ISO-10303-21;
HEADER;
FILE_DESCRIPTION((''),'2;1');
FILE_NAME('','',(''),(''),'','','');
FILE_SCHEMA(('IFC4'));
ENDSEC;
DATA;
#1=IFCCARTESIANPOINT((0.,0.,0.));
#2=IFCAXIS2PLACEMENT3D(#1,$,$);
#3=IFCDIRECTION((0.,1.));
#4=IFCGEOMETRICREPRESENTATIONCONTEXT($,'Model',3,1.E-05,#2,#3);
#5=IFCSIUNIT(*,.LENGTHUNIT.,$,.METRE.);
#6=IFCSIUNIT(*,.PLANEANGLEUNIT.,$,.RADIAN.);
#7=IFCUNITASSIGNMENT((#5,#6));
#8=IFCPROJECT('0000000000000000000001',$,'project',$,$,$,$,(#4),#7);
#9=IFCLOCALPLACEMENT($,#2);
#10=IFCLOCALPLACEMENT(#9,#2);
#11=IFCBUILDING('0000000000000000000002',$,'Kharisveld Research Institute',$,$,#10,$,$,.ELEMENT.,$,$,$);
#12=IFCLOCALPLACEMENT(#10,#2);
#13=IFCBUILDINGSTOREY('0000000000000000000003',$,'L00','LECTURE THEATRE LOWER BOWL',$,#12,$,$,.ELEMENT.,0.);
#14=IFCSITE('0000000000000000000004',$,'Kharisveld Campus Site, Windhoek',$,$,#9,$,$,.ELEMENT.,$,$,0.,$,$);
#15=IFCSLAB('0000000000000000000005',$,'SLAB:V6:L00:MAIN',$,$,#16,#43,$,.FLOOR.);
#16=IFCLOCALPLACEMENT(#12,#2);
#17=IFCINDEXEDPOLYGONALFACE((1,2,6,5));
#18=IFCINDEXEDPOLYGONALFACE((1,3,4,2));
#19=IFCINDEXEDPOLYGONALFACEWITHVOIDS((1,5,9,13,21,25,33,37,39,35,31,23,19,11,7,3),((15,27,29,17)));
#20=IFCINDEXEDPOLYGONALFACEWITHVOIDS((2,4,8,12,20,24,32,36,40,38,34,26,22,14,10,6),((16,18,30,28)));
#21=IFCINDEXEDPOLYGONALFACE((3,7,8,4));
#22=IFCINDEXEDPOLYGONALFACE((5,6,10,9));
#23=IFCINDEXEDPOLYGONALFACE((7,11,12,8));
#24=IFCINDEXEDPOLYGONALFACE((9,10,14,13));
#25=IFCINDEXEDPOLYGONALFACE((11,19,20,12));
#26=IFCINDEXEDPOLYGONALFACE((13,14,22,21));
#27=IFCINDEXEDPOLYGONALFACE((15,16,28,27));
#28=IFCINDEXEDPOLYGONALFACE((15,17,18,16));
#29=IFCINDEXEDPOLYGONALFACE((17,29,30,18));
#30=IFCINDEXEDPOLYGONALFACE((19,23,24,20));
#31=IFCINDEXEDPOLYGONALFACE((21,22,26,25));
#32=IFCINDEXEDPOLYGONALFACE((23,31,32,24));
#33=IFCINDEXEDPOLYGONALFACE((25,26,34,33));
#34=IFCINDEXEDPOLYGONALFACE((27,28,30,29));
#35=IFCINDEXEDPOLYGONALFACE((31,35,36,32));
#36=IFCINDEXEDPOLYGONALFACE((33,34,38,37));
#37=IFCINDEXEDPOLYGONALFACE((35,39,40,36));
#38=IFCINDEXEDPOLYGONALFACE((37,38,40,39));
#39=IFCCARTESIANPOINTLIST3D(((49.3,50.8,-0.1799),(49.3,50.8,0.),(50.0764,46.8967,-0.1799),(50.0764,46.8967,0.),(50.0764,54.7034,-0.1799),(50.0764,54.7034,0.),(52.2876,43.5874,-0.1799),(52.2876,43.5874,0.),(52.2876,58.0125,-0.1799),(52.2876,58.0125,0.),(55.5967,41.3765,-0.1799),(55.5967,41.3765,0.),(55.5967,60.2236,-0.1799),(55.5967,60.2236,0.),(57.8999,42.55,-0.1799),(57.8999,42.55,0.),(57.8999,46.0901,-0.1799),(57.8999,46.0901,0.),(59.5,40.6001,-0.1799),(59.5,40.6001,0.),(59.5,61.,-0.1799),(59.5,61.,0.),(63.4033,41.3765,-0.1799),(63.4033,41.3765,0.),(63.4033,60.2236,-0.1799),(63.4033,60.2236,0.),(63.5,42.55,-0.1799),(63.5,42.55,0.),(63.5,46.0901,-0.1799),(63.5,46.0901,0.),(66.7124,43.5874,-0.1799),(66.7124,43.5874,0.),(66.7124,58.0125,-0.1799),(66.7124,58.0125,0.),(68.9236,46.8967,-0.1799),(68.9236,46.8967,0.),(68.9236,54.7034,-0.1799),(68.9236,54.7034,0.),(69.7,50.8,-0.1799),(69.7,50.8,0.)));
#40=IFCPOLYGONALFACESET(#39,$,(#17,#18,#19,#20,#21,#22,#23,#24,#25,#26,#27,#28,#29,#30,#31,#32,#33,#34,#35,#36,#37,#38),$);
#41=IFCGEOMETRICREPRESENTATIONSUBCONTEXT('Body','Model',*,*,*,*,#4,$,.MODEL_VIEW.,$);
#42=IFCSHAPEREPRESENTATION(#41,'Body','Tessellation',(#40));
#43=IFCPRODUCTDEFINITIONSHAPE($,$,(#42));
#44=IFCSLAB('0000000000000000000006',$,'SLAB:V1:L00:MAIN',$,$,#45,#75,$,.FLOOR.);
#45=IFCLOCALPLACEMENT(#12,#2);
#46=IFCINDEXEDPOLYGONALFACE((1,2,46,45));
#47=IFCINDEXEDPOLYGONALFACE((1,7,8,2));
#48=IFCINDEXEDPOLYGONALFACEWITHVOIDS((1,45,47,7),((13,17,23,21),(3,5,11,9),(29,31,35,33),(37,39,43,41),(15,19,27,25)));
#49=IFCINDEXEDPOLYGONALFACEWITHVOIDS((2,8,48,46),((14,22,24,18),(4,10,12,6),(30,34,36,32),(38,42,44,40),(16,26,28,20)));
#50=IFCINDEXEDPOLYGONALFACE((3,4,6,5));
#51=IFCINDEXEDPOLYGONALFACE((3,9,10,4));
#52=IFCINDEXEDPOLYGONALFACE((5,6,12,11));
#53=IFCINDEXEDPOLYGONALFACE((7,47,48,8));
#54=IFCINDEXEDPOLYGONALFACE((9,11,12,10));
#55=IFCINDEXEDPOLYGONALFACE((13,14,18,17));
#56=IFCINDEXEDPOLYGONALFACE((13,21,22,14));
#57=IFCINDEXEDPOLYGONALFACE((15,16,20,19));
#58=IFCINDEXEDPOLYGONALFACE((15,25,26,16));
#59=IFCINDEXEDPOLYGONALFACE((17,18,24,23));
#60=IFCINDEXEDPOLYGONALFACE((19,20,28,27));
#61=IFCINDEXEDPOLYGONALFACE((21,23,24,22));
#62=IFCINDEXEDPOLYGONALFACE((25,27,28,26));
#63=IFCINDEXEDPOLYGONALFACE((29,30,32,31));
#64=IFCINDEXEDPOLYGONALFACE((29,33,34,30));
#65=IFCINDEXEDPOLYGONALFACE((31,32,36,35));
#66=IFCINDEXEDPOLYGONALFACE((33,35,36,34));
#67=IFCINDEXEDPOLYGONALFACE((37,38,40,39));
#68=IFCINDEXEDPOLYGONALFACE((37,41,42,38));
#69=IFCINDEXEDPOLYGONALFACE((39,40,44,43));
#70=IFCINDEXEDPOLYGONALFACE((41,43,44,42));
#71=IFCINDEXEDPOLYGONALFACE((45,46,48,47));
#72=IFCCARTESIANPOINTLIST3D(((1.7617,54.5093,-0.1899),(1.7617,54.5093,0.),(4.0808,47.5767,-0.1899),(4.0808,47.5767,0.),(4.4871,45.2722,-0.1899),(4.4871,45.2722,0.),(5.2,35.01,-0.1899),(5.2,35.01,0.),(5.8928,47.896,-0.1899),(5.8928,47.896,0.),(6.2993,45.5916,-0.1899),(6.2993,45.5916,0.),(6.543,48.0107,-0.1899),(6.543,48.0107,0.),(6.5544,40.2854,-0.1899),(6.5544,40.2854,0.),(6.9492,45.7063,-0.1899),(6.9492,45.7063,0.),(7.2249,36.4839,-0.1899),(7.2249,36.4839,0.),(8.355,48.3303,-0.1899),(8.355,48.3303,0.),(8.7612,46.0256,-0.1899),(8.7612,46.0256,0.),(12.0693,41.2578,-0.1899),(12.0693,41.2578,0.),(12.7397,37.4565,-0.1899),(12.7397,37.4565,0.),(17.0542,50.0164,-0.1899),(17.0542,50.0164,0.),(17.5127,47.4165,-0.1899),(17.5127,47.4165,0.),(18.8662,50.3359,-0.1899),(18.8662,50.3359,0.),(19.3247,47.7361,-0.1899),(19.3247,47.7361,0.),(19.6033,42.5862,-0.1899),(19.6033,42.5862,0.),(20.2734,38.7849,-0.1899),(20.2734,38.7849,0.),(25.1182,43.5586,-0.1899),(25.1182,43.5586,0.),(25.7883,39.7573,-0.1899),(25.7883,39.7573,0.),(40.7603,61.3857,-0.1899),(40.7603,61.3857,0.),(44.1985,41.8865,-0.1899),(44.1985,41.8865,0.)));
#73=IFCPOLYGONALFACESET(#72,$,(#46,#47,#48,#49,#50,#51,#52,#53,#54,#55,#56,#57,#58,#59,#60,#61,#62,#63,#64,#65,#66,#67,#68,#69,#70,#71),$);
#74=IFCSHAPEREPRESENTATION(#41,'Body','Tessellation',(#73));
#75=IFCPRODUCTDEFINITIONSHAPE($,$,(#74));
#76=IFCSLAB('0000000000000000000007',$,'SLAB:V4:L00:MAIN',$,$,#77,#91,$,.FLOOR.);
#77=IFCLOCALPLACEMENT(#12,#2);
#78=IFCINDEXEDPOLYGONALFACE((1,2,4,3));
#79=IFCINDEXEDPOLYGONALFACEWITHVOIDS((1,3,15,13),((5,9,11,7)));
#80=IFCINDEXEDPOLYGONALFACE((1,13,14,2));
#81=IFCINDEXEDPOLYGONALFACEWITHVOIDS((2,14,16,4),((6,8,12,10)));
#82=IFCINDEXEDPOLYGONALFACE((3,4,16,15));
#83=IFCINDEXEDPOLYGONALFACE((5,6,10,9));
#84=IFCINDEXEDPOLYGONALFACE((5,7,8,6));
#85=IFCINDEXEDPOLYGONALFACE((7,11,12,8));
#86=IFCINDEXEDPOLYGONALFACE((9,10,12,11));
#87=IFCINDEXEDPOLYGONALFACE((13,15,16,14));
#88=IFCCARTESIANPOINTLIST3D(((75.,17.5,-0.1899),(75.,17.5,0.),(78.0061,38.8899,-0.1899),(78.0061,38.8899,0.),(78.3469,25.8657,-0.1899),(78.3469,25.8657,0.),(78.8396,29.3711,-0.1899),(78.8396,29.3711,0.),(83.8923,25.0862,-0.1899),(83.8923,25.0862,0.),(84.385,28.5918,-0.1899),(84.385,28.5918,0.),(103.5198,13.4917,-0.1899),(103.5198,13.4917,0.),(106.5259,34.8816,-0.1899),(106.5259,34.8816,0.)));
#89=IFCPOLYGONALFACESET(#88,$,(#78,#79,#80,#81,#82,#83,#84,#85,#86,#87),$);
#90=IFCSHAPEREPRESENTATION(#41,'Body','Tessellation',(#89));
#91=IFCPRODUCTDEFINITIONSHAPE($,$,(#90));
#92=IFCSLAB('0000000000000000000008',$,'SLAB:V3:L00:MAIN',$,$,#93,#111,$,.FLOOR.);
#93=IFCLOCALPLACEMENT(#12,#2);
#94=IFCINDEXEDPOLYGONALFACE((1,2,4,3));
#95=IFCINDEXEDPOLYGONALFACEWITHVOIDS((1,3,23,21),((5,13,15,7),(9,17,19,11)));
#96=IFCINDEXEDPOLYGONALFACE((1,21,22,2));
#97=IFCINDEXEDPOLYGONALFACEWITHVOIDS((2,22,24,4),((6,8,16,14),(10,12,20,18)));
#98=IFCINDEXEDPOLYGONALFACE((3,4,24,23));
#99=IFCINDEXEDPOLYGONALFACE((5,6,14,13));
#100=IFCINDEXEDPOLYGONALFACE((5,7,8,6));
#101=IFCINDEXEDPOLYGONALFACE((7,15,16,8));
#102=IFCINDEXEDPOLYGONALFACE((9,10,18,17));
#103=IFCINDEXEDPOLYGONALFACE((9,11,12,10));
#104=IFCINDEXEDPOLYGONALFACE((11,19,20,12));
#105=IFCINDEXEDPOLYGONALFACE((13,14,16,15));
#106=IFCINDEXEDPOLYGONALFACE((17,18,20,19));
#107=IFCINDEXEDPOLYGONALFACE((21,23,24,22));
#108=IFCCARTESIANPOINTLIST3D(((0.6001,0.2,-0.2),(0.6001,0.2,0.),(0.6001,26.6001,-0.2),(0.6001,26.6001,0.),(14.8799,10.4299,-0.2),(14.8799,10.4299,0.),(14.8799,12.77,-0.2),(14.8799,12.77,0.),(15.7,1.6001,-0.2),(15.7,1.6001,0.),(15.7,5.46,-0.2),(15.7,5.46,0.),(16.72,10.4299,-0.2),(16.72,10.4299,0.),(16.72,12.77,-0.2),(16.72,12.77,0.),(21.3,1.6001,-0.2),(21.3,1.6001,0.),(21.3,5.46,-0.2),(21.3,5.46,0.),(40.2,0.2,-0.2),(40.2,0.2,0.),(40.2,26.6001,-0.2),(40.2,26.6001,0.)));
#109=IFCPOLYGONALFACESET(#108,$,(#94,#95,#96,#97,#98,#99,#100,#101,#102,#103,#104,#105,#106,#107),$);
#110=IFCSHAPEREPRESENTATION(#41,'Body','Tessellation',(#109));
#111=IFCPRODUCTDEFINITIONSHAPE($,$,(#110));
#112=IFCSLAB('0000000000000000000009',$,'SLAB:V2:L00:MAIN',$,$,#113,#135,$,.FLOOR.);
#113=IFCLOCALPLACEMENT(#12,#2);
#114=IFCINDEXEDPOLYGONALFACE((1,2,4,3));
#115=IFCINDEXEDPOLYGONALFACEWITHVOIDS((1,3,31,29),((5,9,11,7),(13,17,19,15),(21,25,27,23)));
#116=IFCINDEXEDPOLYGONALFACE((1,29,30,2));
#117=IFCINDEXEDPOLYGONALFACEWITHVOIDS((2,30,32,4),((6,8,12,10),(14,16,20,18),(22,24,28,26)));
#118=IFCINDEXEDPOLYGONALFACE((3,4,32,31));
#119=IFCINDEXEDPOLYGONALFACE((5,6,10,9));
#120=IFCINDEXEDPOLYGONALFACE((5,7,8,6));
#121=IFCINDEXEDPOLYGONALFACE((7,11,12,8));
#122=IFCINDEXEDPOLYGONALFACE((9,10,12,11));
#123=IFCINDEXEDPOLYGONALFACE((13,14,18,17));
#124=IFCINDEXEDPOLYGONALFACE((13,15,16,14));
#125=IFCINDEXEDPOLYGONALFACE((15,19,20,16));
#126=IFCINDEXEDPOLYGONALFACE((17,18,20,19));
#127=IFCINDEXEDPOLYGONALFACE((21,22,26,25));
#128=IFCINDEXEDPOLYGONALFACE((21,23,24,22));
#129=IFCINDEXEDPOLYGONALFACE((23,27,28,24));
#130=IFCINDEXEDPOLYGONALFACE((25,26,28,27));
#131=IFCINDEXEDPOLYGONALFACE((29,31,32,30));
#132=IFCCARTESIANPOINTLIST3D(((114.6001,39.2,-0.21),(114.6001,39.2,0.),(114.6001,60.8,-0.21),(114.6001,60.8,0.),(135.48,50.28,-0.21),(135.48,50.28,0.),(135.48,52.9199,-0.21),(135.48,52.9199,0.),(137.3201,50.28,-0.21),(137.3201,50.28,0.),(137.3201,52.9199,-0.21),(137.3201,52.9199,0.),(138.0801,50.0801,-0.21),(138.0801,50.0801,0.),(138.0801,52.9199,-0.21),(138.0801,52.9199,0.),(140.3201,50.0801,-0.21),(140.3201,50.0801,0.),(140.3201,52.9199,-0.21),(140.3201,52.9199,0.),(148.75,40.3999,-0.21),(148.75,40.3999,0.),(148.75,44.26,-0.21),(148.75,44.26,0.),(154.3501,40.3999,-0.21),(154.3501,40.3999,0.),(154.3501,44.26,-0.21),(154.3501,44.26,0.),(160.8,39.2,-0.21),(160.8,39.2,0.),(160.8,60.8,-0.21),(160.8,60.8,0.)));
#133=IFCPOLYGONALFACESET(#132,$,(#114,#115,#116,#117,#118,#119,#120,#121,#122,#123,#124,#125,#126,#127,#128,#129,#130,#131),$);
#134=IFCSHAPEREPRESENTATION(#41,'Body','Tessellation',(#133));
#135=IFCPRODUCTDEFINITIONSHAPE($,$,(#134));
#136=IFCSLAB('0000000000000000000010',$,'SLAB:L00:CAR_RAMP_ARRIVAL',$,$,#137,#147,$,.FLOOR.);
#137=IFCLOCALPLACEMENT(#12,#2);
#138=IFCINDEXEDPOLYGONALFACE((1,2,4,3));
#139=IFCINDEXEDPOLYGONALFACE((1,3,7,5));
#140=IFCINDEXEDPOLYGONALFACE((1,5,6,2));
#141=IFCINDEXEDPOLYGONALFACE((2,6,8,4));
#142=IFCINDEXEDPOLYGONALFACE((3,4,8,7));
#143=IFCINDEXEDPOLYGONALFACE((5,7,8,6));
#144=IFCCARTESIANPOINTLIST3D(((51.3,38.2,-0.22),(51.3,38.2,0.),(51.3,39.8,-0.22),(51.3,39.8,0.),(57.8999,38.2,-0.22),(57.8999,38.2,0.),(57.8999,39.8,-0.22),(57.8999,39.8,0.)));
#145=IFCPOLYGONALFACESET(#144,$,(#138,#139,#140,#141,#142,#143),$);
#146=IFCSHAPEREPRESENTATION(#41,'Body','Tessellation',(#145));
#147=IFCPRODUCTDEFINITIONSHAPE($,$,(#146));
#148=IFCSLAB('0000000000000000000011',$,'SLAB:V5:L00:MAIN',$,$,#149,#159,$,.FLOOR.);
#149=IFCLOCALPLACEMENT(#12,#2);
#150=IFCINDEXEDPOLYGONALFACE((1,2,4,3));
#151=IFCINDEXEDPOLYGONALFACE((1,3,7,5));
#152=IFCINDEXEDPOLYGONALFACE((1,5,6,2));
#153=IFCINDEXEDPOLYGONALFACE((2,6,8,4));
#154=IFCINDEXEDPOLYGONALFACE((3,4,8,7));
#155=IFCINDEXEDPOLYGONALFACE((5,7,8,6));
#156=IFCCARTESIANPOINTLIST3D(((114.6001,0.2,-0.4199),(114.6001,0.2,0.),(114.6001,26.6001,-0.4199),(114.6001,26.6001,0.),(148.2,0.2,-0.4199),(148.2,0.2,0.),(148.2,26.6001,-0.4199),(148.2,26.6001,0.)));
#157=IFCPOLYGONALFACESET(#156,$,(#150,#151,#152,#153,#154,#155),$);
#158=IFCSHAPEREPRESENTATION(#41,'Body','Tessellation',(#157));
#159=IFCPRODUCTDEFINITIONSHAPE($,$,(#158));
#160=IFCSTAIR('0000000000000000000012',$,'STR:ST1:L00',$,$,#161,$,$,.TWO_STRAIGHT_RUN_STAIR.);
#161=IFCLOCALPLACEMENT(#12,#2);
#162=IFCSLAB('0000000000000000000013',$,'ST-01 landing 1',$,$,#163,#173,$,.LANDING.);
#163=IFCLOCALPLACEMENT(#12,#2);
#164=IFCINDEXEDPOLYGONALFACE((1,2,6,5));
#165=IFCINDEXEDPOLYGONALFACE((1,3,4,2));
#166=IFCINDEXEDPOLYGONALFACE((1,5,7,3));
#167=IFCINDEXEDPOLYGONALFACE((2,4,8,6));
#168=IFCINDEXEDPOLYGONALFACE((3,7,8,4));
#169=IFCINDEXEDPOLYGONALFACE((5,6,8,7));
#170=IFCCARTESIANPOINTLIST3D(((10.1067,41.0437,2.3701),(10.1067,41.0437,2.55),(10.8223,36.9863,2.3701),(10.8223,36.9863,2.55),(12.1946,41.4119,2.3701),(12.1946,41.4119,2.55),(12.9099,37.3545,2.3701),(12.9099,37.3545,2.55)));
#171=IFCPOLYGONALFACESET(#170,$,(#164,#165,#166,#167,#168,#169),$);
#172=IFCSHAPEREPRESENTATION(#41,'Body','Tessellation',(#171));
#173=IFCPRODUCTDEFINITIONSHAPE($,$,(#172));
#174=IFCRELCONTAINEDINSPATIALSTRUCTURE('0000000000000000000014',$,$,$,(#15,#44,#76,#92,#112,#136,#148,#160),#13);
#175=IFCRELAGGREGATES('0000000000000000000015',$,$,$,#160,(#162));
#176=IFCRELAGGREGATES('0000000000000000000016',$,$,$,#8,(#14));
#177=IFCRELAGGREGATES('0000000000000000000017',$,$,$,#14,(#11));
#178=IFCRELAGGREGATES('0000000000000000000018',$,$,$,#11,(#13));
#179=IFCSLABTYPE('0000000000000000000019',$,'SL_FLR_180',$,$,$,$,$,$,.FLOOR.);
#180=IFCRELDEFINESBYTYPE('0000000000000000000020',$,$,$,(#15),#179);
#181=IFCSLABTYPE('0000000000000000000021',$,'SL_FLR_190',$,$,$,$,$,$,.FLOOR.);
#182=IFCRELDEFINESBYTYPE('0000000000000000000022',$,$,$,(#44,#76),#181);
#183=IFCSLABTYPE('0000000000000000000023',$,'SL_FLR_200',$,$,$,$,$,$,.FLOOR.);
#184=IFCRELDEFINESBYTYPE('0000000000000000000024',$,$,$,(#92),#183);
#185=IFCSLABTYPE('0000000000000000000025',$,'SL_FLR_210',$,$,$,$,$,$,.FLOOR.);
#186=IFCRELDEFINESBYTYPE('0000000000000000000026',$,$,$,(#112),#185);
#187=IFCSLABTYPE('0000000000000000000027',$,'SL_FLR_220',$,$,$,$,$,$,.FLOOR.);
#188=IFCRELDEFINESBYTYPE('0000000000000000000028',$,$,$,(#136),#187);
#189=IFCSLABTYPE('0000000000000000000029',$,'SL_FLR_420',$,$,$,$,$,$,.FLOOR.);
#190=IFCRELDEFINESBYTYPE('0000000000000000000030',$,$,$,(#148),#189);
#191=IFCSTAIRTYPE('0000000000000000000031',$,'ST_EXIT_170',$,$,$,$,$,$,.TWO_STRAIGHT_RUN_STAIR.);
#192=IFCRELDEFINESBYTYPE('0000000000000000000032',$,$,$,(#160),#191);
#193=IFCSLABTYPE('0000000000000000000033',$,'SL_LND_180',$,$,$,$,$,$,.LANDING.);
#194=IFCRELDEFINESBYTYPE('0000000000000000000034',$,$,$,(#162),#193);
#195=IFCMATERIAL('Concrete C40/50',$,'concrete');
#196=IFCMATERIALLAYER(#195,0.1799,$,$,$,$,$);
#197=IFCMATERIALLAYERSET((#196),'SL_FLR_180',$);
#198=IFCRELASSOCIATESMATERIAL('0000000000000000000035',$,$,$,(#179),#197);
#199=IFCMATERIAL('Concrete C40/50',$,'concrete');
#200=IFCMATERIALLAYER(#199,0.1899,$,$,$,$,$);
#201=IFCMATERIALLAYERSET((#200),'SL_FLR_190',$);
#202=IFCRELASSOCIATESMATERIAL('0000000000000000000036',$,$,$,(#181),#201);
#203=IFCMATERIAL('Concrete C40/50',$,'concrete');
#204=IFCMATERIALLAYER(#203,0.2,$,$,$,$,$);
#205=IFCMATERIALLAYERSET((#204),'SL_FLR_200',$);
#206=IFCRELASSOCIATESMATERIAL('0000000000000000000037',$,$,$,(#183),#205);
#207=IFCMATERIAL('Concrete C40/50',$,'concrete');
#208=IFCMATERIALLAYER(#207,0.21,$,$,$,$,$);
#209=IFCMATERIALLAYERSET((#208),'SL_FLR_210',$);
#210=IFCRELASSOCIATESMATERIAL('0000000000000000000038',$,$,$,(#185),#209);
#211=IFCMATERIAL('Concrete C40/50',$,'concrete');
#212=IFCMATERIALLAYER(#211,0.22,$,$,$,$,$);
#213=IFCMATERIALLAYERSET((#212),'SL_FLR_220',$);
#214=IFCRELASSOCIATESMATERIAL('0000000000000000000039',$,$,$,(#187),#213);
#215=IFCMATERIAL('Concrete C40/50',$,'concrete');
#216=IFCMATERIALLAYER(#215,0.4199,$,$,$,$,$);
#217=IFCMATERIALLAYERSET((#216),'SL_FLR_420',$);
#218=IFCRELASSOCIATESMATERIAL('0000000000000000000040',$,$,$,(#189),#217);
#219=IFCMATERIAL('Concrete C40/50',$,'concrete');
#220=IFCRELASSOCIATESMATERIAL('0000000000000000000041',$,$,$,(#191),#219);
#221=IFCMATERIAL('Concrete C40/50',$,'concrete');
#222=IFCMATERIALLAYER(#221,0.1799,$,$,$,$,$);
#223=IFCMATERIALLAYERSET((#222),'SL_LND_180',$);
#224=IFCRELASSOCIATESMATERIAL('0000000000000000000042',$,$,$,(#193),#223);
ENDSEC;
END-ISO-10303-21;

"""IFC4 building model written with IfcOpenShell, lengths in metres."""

from ifc_helpers import new_model, si_unit, direction, frame, origin, place, context, subcontext, project, spatial, polyline, outline, extrude, material, layer, layer_set, type_object, element, aggregate, save


model = new_model("IFC4")

# Units and contexts
model_context = context("Model", 3, precision=1e-05, world=origin(), true_north=direction((0.0, 1.0)))
body_context = subcontext(model_context, "Body", "Model", "MODEL_VIEW")
ifc_project = project(units=[si_unit("LENGTHUNIT", "METRE"), si_unit("PLANEANGLEUNIT", "RADIAN")], contexts=[model_context])

# Site, building, storey
site_placement = place(None, origin())
site = spatial("IfcSite", under=ifc_project, at=site_placement, Name="Kharisveld Campus Site, Windhoek", CompositionType="ELEMENT", RefElevation=0.0)
building_placement = place(site_placement, origin())
building = spatial("IfcBuilding", under=site, at=building_placement, Name="Kharisveld Research Institute", CompositionType="ELEMENT")
storey_placement = place(building_placement, origin())
storey = spatial("IfcBuildingStorey", under=building, at=storey_placement, Name="L00", Description="LECTURE THEATRE LOWER BOWL", CompositionType="ELEMENT", Elevation=0.0)

# Slabs
ifc_material_1 = material(Name="Concrete C40/50", Category="concrete")
ifc_layer_1 = layer(ifc_material_1, 0.1799)
ifc_layer_set_1 = layer_set([ifc_layer_1], Name="SL_FLR_180")
slab_type_1 = type_object("IfcSlabType", Name="SL_FLR_180", PredefinedType="FLOOR", material=ifc_layer_set_1)
slab_1_placement = place(storey_placement, frame((0.0, 0.0, -0.1799)))
element("IfcSlab", 1, at=slab_1_placement, inside=storey, type_object=slab_type_1, Name="SLAB:V6:L00:MAIN", PredefinedType="FLOOR", context=body_context, shape_type="SweptSolid", body=[
    extrude(outline(polyline([(69.7, 50.8), (68.9236, 54.7034), (66.7124, 58.0125), (63.4033, 60.2236), (59.5, 61.0), (55.5967, 60.2236), (52.2876, 58.0125), (50.0764, 54.7034), (49.3, 50.8), (50.0764, 46.8967), (52.2876, 43.5874), (55.5967, 41.3765), (59.5, 40.6001), (63.4033, 41.3765), (66.7124, 43.5874), (68.9236, 46.8967), (69.7, 50.8)]), holes=[polyline([(57.8999, 42.55), (63.5, 42.55), (63.5, 46.0901), (57.8999, 46.0901), (57.8999, 42.55)])]), origin(), (0.0, 0.0, 1.0), 0.1799),
])
ifc_material_2 = material(Name="Concrete C40/50", Category="concrete")
ifc_layer_2 = layer(ifc_material_2, 0.1899)
ifc_layer_set_2 = layer_set([ifc_layer_2], Name="SL_FLR_190")
slab_type_2 = type_object("IfcSlabType", Name="SL_FLR_190", PredefinedType="FLOOR", material=ifc_layer_set_2)
slab_2_placement = place(storey_placement, frame((0.0, 0.0, -0.1899)))
element("IfcSlab", 2, at=slab_2_placement, inside=storey, type_object=slab_type_2, Name="SLAB:V1:L00:MAIN", PredefinedType="FLOOR", context=body_context, shape_type="SweptSolid", body=[
    extrude(outline(polyline([(5.2, 35.01), (44.1985, 41.8865), (40.7603, 61.3857), (1.7617, 54.5093), (5.2, 35.01)]), holes=[polyline([(12.7397, 37.4565), (7.2249, 36.4839), (6.5544, 40.2854), (12.0693, 41.2578), (12.7397, 37.4565)]), polyline([(25.7883, 39.7573), (20.2734, 38.7849), (19.6033, 42.5862), (25.1182, 43.5586), (25.7883, 39.7573)]), polyline([(6.2993, 45.5916), (4.4871, 45.2722), (4.0808, 47.5767), (5.8928, 47.896), (6.2993, 45.5916)]), polyline([(6.9492, 45.7063), (6.543, 48.0107), (8.355, 48.3303), (8.7612, 46.0256), (6.9492, 45.7063)]), polyline([(17.5127, 47.4165), (17.0542, 50.0164), (18.8662, 50.3359), (19.3247, 47.7361), (17.5127, 47.4165)])]), origin(), (0.0, 0.0, 1.0), 0.1899),
])
slab_3_placement = place(storey_placement, frame((0.0, 0.0, -0.1899)))
element("IfcSlab", 3, at=slab_3_placement, inside=storey, type_object=slab_type_2, Name="SLAB:V4:L00:MAIN", PredefinedType="FLOOR", context=body_context, shape_type="SweptSolid", body=[
    extrude(outline(polyline([(75.0, 17.5), (103.5198, 13.4917), (106.5259, 34.8816), (78.0061, 38.8899), (75.0, 17.5)]), holes=[polyline([(78.8396, 29.3711), (84.385, 28.5918), (83.8923, 25.0862), (78.3469, 25.8657), (78.8396, 29.3711)])]), origin(), (0.0, 0.0, 1.0), 0.1899),
])
ifc_material_3 = material(Name="Concrete C40/50", Category="concrete")
ifc_layer_3 = layer(ifc_material_3, 0.2)
ifc_layer_set_3 = layer_set([ifc_layer_3], Name="SL_FLR_200")
slab_type_3 = type_object("IfcSlabType", Name="SL_FLR_200", PredefinedType="FLOOR", material=ifc_layer_set_3)
slab_4_placement = place(storey_placement, frame((0.0, 0.0, -0.2)))
element("IfcSlab", 4, at=slab_4_placement, inside=storey, type_object=slab_type_3, Name="SLAB:V3:L00:MAIN", PredefinedType="FLOOR", context=body_context, shape_type="SweptSolid", body=[
    extrude(outline(polyline([(0.6001, 0.2), (40.2, 0.2), (40.2, 26.6001), (0.6001, 26.6001), (0.6001, 0.2)]), holes=[polyline([(21.3, 5.46), (21.3, 1.6001), (15.7, 1.6001), (15.7, 5.46), (21.3, 5.46)]), polyline([(16.72, 12.77), (16.72, 10.4299), (14.8799, 10.4299), (14.8799, 12.77), (16.72, 12.77)])]), origin(), (0.0, 0.0, 1.0), 0.2),
])
ifc_material_4 = material(Name="Concrete C40/50", Category="concrete")
ifc_layer_4 = layer(ifc_material_4, 0.21)
ifc_layer_set_4 = layer_set([ifc_layer_4], Name="SL_FLR_210")
slab_type_4 = type_object("IfcSlabType", Name="SL_FLR_210", PredefinedType="FLOOR", material=ifc_layer_set_4)
slab_5_placement = place(storey_placement, frame((0.0, 0.0, -0.21)))
element("IfcSlab", 5, at=slab_5_placement, inside=storey, type_object=slab_type_4, Name="SLAB:V2:L00:MAIN", PredefinedType="FLOOR", context=body_context, shape_type="SweptSolid", body=[
    extrude(outline(polyline([(114.6001, 39.2), (160.8, 39.2), (160.8, 60.8), (114.6001, 60.8), (114.6001, 39.2)]), holes=[polyline([(154.3501, 44.26), (154.3501, 40.3999), (148.75, 40.3999), (148.75, 44.26), (154.3501, 44.26)]), polyline([(140.3201, 50.0801), (138.0801, 50.0801), (138.0801, 52.9199), (140.3201, 52.9199), (140.3201, 50.0801)]), polyline([(137.3201, 50.28), (135.48, 50.28), (135.48, 52.9199), (137.3201, 52.9199), (137.3201, 50.28)])]), origin(), (0.0, 0.0, 1.0), 0.21),
])
ifc_material_5 = material(Name="Concrete C40/50", Category="concrete")
ifc_layer_5 = layer(ifc_material_5, 0.22)
ifc_layer_set_5 = layer_set([ifc_layer_5], Name="SL_FLR_220")
slab_type_5 = type_object("IfcSlabType", Name="SL_FLR_220", PredefinedType="FLOOR", material=ifc_layer_set_5)
slab_6_placement = place(storey_placement, frame((0.0, 0.0, -0.22)))
element("IfcSlab", 6, at=slab_6_placement, inside=storey, type_object=slab_type_5, Name="SLAB:L00:CAR_RAMP_ARRIVAL", PredefinedType="FLOOR", context=body_context, shape_type="SweptSolid", body=[
    extrude(outline(polyline([(51.3, 38.2), (57.8999, 38.2), (57.8999, 39.8), (51.3, 39.8), (51.3, 38.2)])), origin(), (0.0, 0.0, 1.0), 0.22),
])
ifc_material_6 = material(Name="Concrete C40/50", Category="concrete")
ifc_layer_6 = layer(ifc_material_6, 0.4199)
ifc_layer_set_6 = layer_set([ifc_layer_6], Name="SL_FLR_420")
slab_type_6 = type_object("IfcSlabType", Name="SL_FLR_420", PredefinedType="FLOOR", material=ifc_layer_set_6)
slab_7_placement = place(storey_placement, frame((0.0, 0.0, -0.4199)))
element("IfcSlab", 7, at=slab_7_placement, inside=storey, type_object=slab_type_6, Name="SLAB:V5:L00:MAIN", PredefinedType="FLOOR", context=body_context, shape_type="SweptSolid", body=[
    extrude(outline(polyline([(114.6001, 0.2), (148.2, 0.2), (148.2, 26.6001), (114.6001, 26.6001), (114.6001, 0.2)])), origin(), (0.0, 0.0, 1.0), 0.4199),
])

# Stair, slab
ifc_material_7 = material(Name="Concrete C40/50", Category="concrete")
stair_type = type_object("IfcStairType", Name="ST_EXIT_170", PredefinedType="TWO_STRAIGHT_RUN_STAIR", material=ifc_material_7)
stair_1_placement = place(storey_placement, origin())
stair_1 = element("IfcStair", 8, at=stair_1_placement, inside=storey, type_object=stair_type, Name="STR:ST1:L00", PredefinedType="TWO_STRAIGHT_RUN_STAIR")
ifc_material_8 = material(Name="Concrete C40/50", Category="concrete")
ifc_layer_7 = layer(ifc_material_8, 0.1799)
ifc_layer_set_7 = layer_set([ifc_layer_7], Name="SL_LND_180")
slab_type_7 = type_object("IfcSlabType", Name="SL_LND_180", PredefinedType="LANDING", material=ifc_layer_set_7)
slab_8_placement = place(storey_placement, frame((0.0, 0.0, 2.3701)))
slab_8 = element("IfcSlab", 9, at=slab_8_placement, type_object=slab_type_7, Name="ST-01 landing 1", PredefinedType="LANDING", context=body_context, shape_type="SweptSolid", body=[
    extrude(outline(polyline([(10.8223, 36.9863), (12.9099, 37.3545), (12.1946, 41.4119), (10.1067, 41.0437), (10.8223, 36.9863)])), origin(), (0.0, 0.0, 1.0), 0.1799),
])
aggregate(stair_1, [slab_8])

save(model, "model.ifc")
